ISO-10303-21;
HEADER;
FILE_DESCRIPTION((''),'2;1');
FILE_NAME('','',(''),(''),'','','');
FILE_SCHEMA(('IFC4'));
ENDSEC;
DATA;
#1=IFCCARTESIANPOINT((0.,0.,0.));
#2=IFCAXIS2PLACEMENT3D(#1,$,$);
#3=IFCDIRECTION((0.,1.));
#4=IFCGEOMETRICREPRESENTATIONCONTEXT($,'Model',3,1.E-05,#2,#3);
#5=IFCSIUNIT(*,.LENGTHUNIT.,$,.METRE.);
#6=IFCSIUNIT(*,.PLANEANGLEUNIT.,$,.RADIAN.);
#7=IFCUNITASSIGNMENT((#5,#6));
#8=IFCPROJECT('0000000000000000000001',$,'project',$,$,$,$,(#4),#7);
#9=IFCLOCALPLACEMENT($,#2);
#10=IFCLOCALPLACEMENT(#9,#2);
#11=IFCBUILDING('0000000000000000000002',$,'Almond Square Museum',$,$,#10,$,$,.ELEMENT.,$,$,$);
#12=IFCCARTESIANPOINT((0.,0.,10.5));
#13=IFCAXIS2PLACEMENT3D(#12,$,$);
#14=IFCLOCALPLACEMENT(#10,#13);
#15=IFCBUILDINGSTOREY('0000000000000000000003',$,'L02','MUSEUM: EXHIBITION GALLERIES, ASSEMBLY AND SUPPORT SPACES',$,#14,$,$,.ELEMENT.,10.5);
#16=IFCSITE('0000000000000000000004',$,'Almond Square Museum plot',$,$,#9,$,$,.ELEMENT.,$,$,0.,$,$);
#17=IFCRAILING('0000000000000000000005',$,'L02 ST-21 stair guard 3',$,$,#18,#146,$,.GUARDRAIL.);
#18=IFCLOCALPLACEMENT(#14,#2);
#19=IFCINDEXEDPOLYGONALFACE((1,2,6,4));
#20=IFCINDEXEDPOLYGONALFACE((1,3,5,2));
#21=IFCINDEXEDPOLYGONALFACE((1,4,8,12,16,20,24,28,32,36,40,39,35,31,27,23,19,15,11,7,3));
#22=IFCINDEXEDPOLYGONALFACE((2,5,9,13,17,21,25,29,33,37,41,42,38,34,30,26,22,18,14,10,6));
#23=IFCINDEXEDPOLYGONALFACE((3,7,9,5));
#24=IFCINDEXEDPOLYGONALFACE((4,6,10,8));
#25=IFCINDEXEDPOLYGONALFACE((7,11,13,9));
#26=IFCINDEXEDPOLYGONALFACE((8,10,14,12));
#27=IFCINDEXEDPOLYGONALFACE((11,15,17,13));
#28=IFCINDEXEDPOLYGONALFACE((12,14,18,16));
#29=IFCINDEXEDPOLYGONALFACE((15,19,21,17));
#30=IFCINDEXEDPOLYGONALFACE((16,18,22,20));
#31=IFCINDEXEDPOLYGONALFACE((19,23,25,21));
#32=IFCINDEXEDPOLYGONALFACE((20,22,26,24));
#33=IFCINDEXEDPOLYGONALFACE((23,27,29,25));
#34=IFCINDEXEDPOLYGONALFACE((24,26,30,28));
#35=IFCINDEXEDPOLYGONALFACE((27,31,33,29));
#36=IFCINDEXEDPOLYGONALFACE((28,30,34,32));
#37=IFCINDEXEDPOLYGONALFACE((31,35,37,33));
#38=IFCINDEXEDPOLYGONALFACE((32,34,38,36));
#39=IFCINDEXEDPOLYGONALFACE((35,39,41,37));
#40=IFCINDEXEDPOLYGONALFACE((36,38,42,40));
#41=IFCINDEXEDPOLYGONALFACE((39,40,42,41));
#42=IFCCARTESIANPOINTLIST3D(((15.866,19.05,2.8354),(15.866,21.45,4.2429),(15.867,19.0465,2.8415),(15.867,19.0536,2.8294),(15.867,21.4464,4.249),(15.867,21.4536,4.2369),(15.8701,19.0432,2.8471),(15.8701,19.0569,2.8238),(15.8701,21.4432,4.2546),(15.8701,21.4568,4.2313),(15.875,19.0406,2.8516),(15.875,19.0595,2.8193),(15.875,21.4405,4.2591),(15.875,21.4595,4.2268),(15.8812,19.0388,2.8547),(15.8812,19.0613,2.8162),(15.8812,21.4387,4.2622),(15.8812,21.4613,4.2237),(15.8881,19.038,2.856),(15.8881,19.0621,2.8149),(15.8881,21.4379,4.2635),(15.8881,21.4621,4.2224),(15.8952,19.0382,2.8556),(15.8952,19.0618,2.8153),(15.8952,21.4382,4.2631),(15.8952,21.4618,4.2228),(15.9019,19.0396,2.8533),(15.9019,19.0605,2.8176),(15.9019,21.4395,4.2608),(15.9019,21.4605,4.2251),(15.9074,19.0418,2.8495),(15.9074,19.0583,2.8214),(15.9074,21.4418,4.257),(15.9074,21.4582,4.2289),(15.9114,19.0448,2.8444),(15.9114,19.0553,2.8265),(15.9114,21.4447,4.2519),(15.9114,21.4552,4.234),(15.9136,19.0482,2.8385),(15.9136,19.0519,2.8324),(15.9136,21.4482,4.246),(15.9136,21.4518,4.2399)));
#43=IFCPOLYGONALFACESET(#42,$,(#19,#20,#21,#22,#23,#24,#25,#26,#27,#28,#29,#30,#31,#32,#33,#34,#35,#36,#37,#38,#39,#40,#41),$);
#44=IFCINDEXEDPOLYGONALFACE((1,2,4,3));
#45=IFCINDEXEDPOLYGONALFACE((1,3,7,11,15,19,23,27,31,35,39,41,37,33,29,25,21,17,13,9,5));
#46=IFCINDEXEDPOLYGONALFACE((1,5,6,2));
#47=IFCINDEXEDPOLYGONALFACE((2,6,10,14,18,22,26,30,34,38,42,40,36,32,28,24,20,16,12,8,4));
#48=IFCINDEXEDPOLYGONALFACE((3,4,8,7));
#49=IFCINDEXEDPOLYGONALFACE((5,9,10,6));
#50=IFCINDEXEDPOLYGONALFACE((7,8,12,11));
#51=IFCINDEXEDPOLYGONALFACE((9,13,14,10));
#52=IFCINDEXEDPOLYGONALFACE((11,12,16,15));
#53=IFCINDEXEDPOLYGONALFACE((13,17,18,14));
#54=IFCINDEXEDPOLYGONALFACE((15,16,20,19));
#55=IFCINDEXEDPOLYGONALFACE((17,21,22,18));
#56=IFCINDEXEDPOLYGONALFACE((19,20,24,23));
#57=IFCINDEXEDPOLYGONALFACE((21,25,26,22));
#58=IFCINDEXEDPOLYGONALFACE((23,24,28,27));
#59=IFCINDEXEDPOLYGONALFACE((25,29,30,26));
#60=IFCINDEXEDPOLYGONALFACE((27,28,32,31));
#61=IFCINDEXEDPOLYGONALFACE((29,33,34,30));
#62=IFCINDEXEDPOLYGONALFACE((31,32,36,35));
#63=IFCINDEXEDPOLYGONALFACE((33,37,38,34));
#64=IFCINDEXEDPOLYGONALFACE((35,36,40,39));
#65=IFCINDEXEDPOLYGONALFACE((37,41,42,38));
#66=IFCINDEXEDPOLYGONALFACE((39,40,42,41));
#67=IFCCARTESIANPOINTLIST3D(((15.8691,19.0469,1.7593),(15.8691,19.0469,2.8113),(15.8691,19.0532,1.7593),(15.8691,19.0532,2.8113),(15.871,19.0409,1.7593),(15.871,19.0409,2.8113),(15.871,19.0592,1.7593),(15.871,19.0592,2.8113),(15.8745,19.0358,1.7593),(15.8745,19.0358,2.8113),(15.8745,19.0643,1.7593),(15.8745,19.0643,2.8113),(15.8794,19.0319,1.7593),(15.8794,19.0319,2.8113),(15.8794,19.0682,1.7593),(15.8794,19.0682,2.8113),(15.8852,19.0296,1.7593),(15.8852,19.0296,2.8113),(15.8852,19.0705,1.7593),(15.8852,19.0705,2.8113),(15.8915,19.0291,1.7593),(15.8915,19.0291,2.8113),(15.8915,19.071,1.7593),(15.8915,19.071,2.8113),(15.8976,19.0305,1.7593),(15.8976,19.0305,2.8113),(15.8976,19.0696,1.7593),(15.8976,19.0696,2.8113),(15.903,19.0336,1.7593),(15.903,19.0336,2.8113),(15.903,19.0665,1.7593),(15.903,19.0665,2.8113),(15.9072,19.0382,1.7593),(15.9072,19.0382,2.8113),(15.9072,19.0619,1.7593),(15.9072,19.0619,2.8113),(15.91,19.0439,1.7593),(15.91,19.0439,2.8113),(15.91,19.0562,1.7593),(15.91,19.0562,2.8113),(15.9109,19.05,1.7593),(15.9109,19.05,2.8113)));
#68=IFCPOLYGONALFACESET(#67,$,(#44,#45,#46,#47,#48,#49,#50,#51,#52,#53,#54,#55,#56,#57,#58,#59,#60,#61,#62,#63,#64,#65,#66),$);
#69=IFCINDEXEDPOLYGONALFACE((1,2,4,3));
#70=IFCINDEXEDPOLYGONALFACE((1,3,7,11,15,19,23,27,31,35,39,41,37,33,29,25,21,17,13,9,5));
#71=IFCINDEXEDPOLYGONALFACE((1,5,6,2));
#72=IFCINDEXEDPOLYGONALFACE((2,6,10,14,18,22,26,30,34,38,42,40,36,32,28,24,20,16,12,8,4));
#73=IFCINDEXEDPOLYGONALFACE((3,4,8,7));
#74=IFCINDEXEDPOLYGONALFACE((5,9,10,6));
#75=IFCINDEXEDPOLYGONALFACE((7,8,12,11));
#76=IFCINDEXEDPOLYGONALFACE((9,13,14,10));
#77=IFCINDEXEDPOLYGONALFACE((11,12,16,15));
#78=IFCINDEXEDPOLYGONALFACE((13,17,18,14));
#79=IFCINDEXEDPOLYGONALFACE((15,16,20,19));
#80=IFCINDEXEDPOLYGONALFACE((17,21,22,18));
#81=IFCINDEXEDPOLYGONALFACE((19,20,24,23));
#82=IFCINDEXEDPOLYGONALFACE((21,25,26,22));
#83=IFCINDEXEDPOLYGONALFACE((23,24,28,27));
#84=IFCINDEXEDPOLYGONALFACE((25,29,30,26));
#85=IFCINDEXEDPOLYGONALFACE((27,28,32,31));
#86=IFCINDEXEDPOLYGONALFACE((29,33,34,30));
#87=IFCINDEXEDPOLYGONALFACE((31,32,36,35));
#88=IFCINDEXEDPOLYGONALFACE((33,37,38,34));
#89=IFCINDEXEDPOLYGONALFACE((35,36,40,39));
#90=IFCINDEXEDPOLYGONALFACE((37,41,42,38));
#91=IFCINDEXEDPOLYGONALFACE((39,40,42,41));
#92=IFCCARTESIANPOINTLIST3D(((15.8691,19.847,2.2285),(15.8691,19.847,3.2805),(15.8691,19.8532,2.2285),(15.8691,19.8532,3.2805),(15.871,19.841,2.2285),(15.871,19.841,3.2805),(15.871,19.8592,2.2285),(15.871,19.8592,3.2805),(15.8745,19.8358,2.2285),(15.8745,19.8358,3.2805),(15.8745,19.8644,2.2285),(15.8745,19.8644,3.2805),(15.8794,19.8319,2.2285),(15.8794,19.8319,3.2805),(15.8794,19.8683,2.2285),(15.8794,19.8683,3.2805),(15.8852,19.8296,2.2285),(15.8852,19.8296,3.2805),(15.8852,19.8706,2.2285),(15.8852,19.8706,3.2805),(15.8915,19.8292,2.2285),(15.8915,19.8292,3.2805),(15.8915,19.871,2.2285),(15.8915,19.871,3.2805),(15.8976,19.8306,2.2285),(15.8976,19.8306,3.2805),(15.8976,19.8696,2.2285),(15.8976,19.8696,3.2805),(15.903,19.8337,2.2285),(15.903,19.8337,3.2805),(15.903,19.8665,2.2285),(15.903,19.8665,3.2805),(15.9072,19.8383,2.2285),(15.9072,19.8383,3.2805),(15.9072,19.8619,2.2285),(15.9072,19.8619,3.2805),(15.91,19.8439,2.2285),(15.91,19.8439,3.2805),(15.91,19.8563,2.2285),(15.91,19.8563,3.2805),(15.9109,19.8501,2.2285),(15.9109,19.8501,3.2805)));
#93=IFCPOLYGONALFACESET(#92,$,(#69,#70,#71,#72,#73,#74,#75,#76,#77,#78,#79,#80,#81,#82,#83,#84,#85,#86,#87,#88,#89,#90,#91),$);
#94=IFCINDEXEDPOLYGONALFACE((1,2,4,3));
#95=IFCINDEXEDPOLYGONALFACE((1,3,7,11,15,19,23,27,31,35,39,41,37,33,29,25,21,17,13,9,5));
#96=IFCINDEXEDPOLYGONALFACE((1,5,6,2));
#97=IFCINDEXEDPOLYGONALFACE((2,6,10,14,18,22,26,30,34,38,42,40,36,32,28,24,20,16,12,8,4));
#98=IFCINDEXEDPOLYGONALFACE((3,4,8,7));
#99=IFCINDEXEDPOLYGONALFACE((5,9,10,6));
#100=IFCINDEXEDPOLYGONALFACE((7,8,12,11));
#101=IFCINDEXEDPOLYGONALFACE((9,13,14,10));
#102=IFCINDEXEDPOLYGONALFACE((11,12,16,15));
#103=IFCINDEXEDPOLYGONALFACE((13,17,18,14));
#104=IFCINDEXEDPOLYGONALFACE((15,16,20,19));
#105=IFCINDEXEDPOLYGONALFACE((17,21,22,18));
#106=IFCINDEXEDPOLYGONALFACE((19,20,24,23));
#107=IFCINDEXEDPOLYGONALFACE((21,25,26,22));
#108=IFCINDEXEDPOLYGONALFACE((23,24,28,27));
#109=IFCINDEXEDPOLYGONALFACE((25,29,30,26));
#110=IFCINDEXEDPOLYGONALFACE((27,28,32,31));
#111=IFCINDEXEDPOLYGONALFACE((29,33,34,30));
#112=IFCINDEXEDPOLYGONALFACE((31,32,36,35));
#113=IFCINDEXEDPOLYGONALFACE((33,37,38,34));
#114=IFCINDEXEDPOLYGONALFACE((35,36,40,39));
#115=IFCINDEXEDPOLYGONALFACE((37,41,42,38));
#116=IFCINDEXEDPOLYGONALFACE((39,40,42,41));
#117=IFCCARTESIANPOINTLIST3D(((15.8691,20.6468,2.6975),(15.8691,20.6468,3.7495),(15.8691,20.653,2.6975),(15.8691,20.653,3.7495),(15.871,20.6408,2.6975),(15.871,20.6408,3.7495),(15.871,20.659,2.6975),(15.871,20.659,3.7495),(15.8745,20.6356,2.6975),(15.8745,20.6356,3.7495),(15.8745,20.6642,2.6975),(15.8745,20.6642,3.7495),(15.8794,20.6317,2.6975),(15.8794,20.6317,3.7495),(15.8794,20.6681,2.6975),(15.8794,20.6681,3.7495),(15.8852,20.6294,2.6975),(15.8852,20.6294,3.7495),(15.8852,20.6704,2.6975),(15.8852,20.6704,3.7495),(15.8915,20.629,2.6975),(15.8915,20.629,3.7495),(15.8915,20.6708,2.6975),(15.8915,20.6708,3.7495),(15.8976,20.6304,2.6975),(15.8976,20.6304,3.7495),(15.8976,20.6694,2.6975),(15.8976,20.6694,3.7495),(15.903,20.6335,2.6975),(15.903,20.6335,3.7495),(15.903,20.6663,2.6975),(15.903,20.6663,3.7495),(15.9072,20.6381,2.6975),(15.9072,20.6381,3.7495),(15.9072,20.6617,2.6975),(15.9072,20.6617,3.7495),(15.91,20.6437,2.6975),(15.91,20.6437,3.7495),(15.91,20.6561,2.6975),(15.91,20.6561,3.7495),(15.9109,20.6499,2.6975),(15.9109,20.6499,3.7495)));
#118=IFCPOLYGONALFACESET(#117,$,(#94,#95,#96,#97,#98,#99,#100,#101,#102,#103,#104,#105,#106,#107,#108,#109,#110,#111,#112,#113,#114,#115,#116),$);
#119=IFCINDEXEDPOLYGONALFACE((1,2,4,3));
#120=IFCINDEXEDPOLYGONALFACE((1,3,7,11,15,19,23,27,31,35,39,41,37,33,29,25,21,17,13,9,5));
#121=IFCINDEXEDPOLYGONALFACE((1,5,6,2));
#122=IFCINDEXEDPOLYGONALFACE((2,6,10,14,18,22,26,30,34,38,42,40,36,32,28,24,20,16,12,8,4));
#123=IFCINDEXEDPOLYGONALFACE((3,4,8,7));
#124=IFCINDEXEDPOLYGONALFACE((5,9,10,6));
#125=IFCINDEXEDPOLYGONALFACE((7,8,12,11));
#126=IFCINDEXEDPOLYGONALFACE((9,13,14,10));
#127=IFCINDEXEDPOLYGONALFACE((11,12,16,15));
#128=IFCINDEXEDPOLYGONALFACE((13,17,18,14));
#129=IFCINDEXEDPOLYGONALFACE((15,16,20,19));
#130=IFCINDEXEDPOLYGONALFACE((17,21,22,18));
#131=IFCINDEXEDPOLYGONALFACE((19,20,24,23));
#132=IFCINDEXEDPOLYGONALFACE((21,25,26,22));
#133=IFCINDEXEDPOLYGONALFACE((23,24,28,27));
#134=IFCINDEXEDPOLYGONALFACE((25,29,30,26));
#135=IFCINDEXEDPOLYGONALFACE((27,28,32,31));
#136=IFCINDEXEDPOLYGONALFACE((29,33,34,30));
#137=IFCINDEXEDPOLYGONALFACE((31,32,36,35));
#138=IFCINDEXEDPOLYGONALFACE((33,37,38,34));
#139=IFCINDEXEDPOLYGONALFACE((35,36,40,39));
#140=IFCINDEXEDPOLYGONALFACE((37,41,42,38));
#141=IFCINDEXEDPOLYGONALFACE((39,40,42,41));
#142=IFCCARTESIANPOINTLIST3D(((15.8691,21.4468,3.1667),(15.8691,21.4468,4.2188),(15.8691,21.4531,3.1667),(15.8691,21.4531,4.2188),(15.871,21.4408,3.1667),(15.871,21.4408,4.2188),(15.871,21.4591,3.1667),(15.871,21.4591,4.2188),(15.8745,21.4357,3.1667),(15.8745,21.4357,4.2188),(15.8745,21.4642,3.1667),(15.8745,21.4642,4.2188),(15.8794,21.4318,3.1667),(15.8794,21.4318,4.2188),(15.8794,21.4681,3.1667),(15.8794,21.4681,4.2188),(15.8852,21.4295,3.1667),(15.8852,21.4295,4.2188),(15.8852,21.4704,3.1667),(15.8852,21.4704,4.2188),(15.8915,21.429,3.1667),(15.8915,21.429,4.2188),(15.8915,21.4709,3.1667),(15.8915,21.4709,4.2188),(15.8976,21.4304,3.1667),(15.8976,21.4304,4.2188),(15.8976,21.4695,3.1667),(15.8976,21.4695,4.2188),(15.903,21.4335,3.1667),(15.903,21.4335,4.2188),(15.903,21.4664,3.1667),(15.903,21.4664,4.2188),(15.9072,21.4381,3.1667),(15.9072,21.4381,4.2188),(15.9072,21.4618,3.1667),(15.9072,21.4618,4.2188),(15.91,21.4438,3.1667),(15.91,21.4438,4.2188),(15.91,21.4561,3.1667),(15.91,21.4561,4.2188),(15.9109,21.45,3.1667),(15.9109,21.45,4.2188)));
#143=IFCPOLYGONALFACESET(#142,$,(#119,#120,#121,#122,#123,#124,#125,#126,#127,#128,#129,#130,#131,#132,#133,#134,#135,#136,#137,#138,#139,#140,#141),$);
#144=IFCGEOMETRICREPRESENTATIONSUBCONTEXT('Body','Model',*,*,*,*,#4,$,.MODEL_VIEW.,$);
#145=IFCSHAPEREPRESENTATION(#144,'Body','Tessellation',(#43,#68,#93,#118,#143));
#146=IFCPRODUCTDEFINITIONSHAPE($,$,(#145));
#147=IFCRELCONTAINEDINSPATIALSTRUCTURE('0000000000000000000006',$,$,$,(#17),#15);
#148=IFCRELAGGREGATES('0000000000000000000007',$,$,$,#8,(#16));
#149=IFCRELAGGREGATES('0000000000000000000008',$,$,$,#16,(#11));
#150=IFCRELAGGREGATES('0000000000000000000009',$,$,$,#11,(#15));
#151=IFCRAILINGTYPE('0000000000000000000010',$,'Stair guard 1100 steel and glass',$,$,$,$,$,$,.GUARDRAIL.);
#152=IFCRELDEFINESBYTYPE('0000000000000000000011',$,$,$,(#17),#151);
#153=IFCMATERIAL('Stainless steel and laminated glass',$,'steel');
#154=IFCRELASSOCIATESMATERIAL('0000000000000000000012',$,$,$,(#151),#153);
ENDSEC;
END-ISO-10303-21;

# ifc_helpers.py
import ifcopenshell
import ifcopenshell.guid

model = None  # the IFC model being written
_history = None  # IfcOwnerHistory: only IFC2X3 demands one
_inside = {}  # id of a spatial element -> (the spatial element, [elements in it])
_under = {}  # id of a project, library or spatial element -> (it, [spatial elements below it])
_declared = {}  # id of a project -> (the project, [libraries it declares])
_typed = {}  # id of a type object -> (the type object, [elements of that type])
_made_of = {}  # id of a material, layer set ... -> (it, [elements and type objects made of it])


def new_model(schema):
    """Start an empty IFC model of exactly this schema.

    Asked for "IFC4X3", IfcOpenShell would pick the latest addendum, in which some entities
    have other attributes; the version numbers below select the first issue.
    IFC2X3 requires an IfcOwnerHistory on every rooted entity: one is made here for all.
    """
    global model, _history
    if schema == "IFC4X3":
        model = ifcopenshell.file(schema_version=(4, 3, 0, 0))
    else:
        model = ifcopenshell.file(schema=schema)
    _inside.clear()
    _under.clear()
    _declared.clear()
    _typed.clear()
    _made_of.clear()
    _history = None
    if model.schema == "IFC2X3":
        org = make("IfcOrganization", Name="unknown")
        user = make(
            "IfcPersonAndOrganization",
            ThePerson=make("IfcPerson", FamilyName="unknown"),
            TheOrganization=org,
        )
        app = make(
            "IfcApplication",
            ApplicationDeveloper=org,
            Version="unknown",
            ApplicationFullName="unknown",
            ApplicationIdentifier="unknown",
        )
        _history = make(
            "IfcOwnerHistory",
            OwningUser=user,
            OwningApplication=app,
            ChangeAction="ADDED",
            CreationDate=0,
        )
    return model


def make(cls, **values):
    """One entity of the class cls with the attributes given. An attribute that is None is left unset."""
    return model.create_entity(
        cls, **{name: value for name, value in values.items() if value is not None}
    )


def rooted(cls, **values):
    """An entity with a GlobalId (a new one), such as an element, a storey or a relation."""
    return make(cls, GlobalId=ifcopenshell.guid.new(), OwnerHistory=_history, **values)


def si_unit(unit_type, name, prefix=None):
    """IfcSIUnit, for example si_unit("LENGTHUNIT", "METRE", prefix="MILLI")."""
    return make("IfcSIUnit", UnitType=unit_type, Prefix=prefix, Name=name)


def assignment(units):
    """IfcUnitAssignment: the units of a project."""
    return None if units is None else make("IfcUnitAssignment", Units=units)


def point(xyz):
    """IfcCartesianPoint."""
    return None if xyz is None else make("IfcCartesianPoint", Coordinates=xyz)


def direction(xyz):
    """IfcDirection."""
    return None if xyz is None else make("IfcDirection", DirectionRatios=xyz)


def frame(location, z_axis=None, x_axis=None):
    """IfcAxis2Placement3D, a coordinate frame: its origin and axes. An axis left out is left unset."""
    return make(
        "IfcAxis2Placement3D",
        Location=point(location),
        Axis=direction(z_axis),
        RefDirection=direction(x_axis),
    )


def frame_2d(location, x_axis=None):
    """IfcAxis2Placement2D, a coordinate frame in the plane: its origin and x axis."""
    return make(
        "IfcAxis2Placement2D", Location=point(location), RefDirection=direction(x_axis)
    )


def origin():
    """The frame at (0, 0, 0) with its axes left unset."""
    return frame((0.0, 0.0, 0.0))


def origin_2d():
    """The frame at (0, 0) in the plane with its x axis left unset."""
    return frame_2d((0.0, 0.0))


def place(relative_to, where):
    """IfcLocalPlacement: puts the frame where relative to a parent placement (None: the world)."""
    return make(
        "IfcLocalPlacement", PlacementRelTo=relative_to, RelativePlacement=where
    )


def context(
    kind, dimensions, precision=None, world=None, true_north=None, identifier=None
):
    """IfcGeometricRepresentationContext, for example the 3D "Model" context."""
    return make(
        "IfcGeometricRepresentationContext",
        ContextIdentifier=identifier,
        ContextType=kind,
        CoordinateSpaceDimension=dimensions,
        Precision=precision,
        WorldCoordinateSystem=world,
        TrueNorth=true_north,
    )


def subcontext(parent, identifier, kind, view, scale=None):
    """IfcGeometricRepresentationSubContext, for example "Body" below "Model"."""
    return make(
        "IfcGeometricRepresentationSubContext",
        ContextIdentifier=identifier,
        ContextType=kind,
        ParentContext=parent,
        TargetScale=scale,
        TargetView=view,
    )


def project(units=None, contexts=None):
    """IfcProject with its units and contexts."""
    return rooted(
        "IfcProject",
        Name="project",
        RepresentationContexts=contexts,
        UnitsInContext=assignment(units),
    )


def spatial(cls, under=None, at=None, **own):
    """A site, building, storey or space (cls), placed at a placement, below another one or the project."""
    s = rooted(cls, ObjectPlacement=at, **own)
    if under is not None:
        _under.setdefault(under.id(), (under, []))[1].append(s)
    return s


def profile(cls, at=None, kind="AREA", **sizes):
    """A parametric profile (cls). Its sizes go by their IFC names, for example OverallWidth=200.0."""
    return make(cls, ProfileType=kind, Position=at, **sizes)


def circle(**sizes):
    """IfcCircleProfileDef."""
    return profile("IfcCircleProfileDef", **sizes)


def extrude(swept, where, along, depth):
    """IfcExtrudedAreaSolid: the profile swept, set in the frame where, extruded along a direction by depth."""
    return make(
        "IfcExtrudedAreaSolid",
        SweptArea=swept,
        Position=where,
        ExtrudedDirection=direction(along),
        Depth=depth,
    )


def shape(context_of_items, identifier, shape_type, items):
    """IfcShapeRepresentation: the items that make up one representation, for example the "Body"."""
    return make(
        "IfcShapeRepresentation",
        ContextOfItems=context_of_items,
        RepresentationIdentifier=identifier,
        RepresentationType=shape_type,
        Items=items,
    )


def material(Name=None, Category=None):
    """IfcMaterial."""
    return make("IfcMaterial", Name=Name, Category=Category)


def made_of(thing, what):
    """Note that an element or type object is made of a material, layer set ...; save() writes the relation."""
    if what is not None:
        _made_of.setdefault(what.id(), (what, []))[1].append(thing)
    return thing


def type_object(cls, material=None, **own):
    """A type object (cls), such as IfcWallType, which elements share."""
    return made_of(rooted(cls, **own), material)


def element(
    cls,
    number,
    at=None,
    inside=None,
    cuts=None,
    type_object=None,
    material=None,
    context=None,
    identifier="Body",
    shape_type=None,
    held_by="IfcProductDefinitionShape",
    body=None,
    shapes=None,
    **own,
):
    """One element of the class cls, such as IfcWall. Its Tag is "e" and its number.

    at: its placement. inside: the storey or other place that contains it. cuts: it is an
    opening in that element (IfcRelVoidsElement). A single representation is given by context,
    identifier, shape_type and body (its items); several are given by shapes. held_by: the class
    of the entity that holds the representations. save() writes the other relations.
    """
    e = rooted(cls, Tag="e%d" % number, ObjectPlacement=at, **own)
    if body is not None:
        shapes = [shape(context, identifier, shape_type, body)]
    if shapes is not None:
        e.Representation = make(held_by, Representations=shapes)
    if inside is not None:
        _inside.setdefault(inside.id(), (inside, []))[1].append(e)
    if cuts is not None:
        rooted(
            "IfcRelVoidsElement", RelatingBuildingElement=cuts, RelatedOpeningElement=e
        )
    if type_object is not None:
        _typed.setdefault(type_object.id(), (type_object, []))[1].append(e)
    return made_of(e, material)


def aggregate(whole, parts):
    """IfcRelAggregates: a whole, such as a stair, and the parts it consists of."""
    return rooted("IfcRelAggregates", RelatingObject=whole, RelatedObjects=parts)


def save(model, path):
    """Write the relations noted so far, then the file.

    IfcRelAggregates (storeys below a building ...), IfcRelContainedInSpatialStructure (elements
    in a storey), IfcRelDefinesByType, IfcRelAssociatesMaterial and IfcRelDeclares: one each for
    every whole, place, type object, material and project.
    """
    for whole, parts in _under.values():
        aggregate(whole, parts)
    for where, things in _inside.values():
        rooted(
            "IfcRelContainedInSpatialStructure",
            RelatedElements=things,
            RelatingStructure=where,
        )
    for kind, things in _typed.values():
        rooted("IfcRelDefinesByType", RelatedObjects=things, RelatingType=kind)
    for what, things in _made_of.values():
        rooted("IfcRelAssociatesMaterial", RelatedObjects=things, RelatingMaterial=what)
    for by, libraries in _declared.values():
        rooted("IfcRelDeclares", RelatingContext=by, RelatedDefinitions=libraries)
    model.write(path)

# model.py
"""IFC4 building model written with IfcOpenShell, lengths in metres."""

from ifc_helpers import new_model, si_unit, direction, frame, origin, origin_2d, place, context, subcontext, project, spatial, circle, extrude, material, type_object, element, save


model = new_model("IFC4")

# Units and contexts
model_context = context("Model", 3, precision=1e-05, world=origin(), true_north=direction((0.0, 1.0)))
body_context = subcontext(model_context, "Body", "Model", "MODEL_VIEW")
ifc_project = project(units=[si_unit("LENGTHUNIT", "METRE"), si_unit("PLANEANGLEUNIT", "RADIAN")], contexts=[model_context])

# Site, building, storey
site_placement = place(None, origin())
site = spatial("IfcSite", under=ifc_project, at=site_placement, Name="Almond Square Museum plot", CompositionType="ELEMENT", RefElevation=0.0)
building_placement = place(site_placement, origin())
building = spatial("IfcBuilding", under=site, at=building_placement, Name="Almond Square Museum", CompositionType="ELEMENT")
storey_placement = place(building_placement, frame((0.0, 0.0, 10.5)))
storey = spatial("IfcBuildingStorey", under=building, at=storey_placement, Name="L02", Description="MUSEUM: EXHIBITION GALLERIES, ASSEMBLY AND SUPPORT SPACES", CompositionType="ELEMENT", Elevation=10.5)

# Railing
ifc_material_1 = material(Name="Stainless steel and laminated glass", Category="steel")
railing_type_1 = type_object("IfcRailingType", Name="Stair guard 1100 steel and glass", PredefinedType="GUARDRAIL", material=ifc_material_1)
railing_1_placement = place(storey_placement, frame((15.8899, 19.05, 1.7593)))
element("IfcRailing", 1, at=railing_1_placement, inside=storey, type_object=railing_type_1, Name="L02 ST-21 stair guard 3", PredefinedType="GUARDRAIL", context=body_context, shape_type="SweptSolid", body=[
    extrude(circle(Radius=0.0239, at=origin_2d()), frame((0.0, 0.0, 1.0762), z_axis=(0.0, 0.862599, 0.505888), x_axis=(-1.0, 0.0, 0.0)), (0.0, 0.0, 1.0), 2.7822),
    extrude(circle(Radius=0.021, at=origin_2d()), origin(), (0.0, 0.0, 1.0), 1.052),
    extrude(circle(Radius=0.021, at=origin_2d()), frame((0.0, 0.8, 0.4692)), (0.0, 0.0, 1.0), 1.052),
    extrude(circle(Radius=0.021, at=origin_2d()), frame((0.0, 1.5999, 0.9382)), (0.0, 0.0, 1.0), 1.052),
    extrude(circle(Radius=0.021, at=origin_2d()), frame((0.0, 2.3999, 1.4075)), (0.0, 0.0, 1.0), 1.052),
])

save(model, "model.ifc")
